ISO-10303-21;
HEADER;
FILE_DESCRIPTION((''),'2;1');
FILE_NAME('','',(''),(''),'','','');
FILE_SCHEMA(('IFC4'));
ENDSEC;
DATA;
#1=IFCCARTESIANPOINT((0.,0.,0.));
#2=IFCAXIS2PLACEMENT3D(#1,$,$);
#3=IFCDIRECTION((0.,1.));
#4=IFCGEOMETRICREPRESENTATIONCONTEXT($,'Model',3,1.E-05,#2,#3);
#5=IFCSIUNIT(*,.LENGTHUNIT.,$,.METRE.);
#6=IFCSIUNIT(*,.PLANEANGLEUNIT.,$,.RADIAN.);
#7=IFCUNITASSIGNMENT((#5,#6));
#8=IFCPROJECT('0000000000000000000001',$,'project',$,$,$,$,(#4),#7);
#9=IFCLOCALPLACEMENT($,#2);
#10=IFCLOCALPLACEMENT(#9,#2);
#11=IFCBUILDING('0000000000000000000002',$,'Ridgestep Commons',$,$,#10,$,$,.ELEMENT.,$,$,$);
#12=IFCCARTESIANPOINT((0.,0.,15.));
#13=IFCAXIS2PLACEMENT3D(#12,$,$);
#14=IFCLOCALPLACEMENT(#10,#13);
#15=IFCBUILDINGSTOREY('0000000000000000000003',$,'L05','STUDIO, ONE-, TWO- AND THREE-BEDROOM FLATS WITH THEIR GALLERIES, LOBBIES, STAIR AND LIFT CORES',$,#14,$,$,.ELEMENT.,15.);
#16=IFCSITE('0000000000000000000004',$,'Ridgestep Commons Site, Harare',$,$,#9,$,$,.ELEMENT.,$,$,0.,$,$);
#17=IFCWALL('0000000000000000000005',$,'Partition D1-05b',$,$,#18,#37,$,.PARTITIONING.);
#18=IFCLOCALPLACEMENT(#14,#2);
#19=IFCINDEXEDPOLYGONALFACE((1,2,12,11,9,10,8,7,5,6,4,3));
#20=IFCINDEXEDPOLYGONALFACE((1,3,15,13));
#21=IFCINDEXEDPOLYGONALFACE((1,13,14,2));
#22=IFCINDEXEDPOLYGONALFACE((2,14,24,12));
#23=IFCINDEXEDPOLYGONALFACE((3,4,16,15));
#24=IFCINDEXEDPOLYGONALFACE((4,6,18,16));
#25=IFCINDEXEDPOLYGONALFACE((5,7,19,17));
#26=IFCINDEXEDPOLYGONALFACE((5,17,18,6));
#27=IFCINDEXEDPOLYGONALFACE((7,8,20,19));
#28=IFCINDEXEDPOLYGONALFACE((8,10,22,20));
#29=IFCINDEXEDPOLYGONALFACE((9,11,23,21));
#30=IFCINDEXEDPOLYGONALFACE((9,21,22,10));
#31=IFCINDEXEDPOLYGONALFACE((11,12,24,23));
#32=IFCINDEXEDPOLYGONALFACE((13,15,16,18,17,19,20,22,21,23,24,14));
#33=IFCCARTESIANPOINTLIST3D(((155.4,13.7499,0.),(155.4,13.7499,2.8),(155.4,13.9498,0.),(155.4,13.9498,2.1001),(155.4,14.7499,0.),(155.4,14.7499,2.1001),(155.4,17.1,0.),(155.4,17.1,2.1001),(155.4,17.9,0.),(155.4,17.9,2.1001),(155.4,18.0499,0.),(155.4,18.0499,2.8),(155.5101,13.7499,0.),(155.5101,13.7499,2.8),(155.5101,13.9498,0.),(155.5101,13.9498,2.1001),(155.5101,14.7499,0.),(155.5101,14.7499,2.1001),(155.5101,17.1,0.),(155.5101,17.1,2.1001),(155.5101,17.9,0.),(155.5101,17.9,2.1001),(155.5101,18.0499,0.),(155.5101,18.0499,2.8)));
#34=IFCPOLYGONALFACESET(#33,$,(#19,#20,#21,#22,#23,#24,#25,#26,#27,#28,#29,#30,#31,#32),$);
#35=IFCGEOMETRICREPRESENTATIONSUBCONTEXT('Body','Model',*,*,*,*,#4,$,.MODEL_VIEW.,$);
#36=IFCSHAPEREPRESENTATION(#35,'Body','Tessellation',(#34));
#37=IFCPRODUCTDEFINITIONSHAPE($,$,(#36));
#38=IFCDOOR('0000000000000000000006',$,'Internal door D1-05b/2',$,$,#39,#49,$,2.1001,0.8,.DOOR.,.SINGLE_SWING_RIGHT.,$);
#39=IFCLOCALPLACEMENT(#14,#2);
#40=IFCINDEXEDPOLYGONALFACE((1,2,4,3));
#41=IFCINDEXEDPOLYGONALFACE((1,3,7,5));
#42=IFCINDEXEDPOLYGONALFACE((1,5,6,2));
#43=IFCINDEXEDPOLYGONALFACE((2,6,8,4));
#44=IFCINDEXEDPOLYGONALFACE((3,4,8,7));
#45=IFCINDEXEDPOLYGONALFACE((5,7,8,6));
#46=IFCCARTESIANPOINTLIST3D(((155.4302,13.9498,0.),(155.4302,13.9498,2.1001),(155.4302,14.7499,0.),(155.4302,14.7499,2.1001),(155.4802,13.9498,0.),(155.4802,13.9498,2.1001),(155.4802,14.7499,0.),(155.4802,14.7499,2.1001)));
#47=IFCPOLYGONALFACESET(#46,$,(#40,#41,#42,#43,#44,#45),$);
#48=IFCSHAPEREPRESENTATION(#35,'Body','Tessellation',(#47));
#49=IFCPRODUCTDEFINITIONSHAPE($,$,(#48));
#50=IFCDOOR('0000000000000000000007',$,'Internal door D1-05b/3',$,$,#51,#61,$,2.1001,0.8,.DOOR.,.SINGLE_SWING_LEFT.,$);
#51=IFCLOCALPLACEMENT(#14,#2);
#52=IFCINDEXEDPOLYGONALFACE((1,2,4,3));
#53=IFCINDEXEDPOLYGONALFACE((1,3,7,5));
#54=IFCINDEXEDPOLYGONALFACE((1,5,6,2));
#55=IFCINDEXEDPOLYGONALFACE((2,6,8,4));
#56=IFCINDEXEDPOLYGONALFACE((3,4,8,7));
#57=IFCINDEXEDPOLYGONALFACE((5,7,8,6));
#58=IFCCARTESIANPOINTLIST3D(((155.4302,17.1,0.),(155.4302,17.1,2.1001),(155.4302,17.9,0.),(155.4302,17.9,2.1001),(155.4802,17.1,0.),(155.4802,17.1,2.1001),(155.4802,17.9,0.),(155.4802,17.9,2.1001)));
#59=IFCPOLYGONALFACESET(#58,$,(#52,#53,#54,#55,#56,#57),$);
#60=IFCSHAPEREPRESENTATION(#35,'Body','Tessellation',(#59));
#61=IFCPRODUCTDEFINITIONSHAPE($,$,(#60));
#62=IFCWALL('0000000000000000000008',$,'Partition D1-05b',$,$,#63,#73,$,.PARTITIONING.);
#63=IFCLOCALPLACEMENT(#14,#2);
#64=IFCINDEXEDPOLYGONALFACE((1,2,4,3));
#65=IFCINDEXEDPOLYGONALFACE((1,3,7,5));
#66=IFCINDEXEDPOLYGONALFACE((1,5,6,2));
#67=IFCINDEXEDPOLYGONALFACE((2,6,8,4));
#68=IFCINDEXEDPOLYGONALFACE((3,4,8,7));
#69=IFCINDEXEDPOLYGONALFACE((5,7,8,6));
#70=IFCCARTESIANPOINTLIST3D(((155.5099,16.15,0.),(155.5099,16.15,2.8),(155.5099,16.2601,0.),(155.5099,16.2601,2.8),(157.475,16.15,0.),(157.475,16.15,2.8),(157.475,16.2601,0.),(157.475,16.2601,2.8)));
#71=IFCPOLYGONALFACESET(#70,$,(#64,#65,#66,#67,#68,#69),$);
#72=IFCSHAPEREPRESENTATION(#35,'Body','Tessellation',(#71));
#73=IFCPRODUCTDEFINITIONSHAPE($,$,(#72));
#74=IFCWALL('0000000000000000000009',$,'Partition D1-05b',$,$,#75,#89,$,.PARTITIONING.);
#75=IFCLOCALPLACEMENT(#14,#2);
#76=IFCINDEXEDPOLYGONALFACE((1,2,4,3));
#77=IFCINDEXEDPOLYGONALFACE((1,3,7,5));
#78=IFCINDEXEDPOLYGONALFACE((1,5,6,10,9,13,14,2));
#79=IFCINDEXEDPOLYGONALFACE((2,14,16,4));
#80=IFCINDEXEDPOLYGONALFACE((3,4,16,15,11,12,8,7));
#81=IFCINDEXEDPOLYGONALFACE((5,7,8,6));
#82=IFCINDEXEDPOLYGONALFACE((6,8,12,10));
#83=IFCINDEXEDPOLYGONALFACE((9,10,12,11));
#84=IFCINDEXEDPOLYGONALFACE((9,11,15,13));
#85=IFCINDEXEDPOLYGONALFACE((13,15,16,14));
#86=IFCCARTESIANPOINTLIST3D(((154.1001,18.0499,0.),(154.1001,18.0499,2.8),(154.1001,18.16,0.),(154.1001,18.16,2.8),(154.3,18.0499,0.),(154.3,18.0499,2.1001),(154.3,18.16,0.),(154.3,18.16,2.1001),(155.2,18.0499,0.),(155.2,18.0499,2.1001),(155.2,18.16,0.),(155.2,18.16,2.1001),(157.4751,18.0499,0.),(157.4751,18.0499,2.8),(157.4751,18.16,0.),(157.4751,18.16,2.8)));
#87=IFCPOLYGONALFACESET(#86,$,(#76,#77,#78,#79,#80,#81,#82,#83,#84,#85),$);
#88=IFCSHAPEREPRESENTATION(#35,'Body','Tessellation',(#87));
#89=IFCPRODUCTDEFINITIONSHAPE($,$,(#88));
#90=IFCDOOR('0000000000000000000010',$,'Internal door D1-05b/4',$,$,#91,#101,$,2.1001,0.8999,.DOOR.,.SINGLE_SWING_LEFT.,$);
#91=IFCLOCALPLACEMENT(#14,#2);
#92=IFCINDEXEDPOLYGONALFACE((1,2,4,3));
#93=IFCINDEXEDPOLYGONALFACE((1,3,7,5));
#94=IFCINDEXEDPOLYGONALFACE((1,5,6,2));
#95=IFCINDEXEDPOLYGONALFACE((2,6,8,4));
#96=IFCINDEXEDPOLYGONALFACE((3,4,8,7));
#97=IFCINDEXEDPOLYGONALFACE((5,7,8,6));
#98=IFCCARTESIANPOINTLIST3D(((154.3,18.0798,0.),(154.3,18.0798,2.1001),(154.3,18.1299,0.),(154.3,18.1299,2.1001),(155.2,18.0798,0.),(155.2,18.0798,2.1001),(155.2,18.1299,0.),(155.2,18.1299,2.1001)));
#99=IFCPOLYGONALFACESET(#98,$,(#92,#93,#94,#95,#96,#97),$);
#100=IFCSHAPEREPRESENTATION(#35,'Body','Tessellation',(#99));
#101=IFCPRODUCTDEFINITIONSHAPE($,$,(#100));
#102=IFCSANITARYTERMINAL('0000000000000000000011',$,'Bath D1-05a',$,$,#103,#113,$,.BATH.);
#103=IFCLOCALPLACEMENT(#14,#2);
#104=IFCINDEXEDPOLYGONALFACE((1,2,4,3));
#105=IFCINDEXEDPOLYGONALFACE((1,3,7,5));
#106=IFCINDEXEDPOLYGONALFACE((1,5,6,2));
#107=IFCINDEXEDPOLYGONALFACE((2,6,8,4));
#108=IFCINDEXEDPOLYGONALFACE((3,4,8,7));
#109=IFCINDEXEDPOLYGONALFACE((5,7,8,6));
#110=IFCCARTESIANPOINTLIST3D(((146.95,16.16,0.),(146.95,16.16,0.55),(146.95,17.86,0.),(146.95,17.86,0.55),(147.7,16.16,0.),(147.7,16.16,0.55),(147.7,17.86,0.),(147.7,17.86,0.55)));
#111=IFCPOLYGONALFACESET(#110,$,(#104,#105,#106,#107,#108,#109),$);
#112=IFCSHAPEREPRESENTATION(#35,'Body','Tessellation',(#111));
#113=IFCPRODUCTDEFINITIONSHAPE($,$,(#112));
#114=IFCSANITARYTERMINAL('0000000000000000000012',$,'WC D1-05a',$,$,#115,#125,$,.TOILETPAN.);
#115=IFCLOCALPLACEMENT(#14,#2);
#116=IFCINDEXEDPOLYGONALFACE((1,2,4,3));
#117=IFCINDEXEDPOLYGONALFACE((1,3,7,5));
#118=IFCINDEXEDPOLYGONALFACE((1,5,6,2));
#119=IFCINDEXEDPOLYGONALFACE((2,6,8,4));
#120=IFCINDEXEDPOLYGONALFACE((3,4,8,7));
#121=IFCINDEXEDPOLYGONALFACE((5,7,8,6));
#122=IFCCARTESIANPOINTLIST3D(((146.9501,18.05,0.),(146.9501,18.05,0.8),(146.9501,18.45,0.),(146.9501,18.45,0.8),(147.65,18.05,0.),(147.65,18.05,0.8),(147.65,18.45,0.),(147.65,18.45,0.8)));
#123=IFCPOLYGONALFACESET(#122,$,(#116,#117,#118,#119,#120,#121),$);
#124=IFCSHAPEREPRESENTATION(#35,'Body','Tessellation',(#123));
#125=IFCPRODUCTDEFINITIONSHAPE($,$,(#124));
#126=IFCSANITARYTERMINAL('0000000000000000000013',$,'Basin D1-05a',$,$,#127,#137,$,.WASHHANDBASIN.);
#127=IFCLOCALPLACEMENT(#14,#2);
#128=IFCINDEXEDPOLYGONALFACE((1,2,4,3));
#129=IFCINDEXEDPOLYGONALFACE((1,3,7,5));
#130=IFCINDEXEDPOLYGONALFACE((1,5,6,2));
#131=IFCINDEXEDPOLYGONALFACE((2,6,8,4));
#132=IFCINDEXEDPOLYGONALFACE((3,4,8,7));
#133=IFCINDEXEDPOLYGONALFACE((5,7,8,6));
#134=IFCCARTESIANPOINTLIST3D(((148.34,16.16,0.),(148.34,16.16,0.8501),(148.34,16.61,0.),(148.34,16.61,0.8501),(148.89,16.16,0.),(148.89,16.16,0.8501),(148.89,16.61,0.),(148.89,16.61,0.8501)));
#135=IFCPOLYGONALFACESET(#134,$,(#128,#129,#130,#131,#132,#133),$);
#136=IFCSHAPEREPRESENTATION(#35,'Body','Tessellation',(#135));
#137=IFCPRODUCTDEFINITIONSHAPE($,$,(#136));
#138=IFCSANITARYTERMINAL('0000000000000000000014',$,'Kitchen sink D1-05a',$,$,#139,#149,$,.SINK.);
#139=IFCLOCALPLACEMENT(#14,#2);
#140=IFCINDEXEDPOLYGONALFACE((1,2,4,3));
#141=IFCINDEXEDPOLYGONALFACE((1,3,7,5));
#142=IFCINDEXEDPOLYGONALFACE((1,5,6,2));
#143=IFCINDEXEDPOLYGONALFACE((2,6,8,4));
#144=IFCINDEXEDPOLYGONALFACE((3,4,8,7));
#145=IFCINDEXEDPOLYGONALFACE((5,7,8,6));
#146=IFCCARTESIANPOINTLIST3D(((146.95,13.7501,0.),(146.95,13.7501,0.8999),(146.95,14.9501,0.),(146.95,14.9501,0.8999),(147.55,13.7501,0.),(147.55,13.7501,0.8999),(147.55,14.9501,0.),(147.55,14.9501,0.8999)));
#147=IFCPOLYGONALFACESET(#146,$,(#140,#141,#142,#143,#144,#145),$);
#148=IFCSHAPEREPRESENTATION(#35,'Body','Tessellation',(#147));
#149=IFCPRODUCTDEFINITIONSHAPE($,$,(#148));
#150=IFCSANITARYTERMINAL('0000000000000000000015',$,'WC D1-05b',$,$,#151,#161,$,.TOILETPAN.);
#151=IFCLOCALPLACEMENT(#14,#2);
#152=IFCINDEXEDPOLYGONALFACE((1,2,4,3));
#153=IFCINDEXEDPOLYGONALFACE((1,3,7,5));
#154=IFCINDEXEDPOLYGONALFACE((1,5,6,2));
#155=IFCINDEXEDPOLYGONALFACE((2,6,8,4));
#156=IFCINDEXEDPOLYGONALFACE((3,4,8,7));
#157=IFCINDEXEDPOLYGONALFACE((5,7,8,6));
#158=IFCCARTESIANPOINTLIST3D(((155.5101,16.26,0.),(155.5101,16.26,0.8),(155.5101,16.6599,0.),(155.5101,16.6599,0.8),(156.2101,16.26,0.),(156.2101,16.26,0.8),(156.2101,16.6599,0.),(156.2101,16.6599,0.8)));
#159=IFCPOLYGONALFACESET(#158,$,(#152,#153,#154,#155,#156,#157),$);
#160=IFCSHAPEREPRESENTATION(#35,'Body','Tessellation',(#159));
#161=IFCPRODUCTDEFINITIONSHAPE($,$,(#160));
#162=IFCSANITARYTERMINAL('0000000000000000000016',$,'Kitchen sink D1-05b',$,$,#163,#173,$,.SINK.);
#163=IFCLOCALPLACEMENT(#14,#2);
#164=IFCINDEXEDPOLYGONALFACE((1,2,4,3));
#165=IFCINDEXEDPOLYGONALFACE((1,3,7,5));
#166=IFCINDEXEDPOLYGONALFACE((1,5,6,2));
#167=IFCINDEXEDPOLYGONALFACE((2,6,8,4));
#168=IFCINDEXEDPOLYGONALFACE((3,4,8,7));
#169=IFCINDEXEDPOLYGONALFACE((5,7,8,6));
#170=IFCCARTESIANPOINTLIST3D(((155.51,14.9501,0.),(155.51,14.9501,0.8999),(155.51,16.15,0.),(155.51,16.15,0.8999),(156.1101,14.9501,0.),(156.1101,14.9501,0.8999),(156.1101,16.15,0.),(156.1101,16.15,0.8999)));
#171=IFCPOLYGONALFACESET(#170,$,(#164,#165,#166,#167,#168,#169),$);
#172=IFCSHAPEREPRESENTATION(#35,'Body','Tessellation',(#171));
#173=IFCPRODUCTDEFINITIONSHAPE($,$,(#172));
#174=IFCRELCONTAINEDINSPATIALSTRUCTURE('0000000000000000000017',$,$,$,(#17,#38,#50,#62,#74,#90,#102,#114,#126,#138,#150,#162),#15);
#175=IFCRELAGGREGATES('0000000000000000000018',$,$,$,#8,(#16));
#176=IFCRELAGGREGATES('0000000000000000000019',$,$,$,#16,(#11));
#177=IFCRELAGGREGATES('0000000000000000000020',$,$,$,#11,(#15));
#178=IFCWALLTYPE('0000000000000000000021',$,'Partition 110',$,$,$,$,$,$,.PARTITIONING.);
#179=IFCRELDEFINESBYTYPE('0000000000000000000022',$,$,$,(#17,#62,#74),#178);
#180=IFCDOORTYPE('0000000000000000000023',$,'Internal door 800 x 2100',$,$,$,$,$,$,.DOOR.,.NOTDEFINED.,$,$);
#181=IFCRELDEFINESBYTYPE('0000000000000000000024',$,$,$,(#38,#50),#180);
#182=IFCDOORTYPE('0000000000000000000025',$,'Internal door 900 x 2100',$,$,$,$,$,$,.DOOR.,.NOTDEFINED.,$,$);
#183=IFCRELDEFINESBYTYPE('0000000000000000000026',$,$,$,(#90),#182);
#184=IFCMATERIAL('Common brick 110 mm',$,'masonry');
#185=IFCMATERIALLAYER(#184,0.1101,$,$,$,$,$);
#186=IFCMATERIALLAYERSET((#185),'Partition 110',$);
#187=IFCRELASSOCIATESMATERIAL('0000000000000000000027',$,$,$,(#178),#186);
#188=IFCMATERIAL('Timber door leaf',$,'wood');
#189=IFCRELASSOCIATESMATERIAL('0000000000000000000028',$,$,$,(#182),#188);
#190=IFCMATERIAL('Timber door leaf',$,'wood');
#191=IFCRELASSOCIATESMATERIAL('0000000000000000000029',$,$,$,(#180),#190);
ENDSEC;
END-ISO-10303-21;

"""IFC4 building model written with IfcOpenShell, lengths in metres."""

from ifc_helpers import new_model, si_unit, direction, frame, frame_2d, origin, origin_2d, place, context, subcontext, project, spatial, rectangle, extrude, material, layer, layer_set, type_object, element, fill, save


model = new_model("IFC4")

# Units and contexts
model_context = context("Model", 3, precision=1e-05, world=origin(), true_north=direction((0.0, 1.0)))
body_context = subcontext(model_context, "Body", "Model", "MODEL_VIEW")
ifc_project = project(units=[si_unit("LENGTHUNIT", "METRE"), si_unit("PLANEANGLEUNIT", "RADIAN")], contexts=[model_context])

# Site, building, storey
site_placement = place(None, origin())
site = spatial("IfcSite", under=ifc_project, at=site_placement, Name="Ridgestep Commons Site, Harare", CompositionType="ELEMENT", RefElevation=0.0)
building_placement = place(site_placement, origin())
building = spatial("IfcBuilding", under=site, at=building_placement, Name="Ridgestep Commons", CompositionType="ELEMENT")
storey_placement = place(building_placement, frame((0.0, 0.0, 15.0)))
storey = spatial("IfcBuildingStorey", under=building, at=storey_placement, Name="L05", Description="STUDIO, ONE-, TWO- AND THREE-BEDROOM FLATS WITH THEIR GALLERIES, LOBBIES, STAIR AND LIFT CORES", CompositionType="ELEMENT", Elevation=15.0)

# Shared definitions
ifc_material_1 = material(Name="Common brick 110 mm", Category="masonry")
ifc_layer_1 = layer(ifc_material_1, 0.1101)
ifc_layer_set_1 = layer_set([ifc_layer_1], Name="Partition 110")
wall_type_1 = type_object("IfcWallType", Name="Partition 110", PredefinedType="PARTITIONING", material=ifc_layer_set_1)

# Shared definitions
ifc_material_2 = material(Name="Timber door leaf", Category="wood")
door_type_1 = type_object("IfcDoorType", Name="Internal door 900 x 2100", OperationType="NOTDEFINED", PredefinedType="DOOR", material=ifc_material_2)

# Wall, openings, doors
wall_1_placement = place(storey_placement, frame((155.4551, 13.75, 0.0), z_axis=(0.0, 0.0, 1.0), x_axis=(0.0, 1.0, 0.0)))
wall_1 = element("IfcWall", 1, at=wall_1_placement, inside=storey, type_object=wall_type_1, Name="Partition D1-05b", PredefinedType="PARTITIONING", context=body_context, shape_type="SweptSolid", body=[
    extrude(rectangle(XDim=4.3, YDim=0.1101, at=frame_2d((2.1499, 0.0))), origin(), (0.0, 0.0, 1.0), 2.8),
])
opening_1_placement = place(wall_1_placement, frame((0.2, 0.0, 0.0)))
opening_1 = element("IfcOpeningElement", 2, at=opening_1_placement, cuts=wall_1, PredefinedType="OPENING", context=body_context, shape_type="SweptSolid", body=[
    extrude(rectangle(XDim=0.8, YDim=2.1001, at=frame_2d((0.3999, 1.05))), frame((0.0, 0.0649, 0.0), z_axis=(0.0, -1.0, 0.0), x_axis=(1.0, 0.0, 0.0)), (0.0, 0.0, 1.0), 0.1301),
])
opening_2_placement = place(wall_1_placement, frame((3.3501, 0.0, 0.0)))
opening_2 = element("IfcOpeningElement", 3, at=opening_2_placement, cuts=wall_1, PredefinedType="OPENING", context=body_context, shape_type="SweptSolid", body=[
    extrude(rectangle(XDim=0.8, YDim=2.1001, at=frame_2d((0.3999, 1.05))), frame((0.0, 0.0649, 0.0), z_axis=(0.0, -1.0, 0.0), x_axis=(1.0, 0.0, 0.0)), (0.0, 0.0, 1.0), 0.1301),
])
ifc_material_3 = material(Name="Timber door leaf", Category="wood")
door_type_2 = type_object("IfcDoorType", Name="Internal door 800 x 2100", OperationType="NOTDEFINED", PredefinedType="DOOR", material=ifc_material_3)
door_1_placement = place(opening_1_placement, origin())
door_1 = element("IfcDoor", 4, at=door_1_placement, inside=storey, type_object=door_type_2, Name="Internal door D1-05b/2", OperationType="SINGLE_SWING_RIGHT", OverallHeight=2.1001, OverallWidth=0.8, PredefinedType="DOOR", context=body_context, shape_type="SweptSolid", body=[
    extrude(rectangle(XDim=0.8, YDim=2.1001, at=frame_2d((0.3999, 1.05))), frame((0.0, 0.0249, 0.0), z_axis=(0.0, -1.0, 0.0), x_axis=(1.0, 0.0, 0.0)), (0.0, 0.0, 1.0), 0.05),
])
fill(opening_1, door_1)
door_2_placement = place(opening_2_placement, origin())
door_2 = element("IfcDoor", 5, at=door_2_placement, inside=storey, type_object=door_type_2, Name="Internal door D1-05b/3", OperationType="SINGLE_SWING_LEFT", OverallHeight=2.1001, OverallWidth=0.8, PredefinedType="DOOR", context=body_context, shape_type="SweptSolid", body=[
    extrude(rectangle(XDim=0.8, YDim=2.1001, at=frame_2d((0.3999, 1.05))), frame((0.0, 0.0249, 0.0), z_axis=(0.0, -1.0, 0.0), x_axis=(1.0, 0.0, 0.0)), (0.0, 0.0, 1.0), 0.05),
])
fill(opening_2, door_2)

# Wall
wall_2_placement = place(storey_placement, frame((155.51, 16.2051, 0.0), z_axis=(0.0, 0.0, 1.0), x_axis=(1.0, 0.0, 0.0)))
element("IfcWall", 6, at=wall_2_placement, inside=storey, type_object=wall_type_1, Name="Partition D1-05b", PredefinedType="PARTITIONING", context=body_context, shape_type="SweptSolid", body=[
    extrude(rectangle(XDim=1.9651, YDim=0.1101, at=frame_2d((0.9824, 0.0))), origin(), (0.0, 0.0, 1.0), 2.8),
])

# Wall, opening, door
wall_3_placement = place(storey_placement, frame((154.1001, 18.105, 0.0), z_axis=(0.0, 0.0, 1.0), x_axis=(1.0, 0.0, 0.0)))
wall_3 = element("IfcWall", 7, at=wall_3_placement, inside=storey, type_object=wall_type_1, Name="Partition D1-05b", PredefinedType="PARTITIONING", context=body_context, shape_type="SweptSolid", body=[
    extrude(rectangle(XDim=3.375, YDim=0.1101, at=frame_2d((1.6875, 0.0))), origin(), (0.0, 0.0, 1.0), 2.8),
])
opening_3_placement = place(wall_3_placement, frame((0.2, 0.0, 0.0)))
opening_3 = element("IfcOpeningElement", 8, at=opening_3_placement, cuts=wall_3, PredefinedType="OPENING", context=body_context, shape_type="SweptSolid", body=[
    extrude(rectangle(XDim=0.8999, YDim=2.1001, at=frame_2d((0.45, 1.05))), frame((0.0, 0.0649, 0.0), z_axis=(0.0, -1.0, 0.0), x_axis=(1.0, 0.0, 0.0)), (0.0, 0.0, 1.0), 0.1301),
])
door_3_placement = place(opening_3_placement, origin())
door_3 = element("IfcDoor", 9, at=door_3_placement, inside=storey, type_object=door_type_1, Name="Internal door D1-05b/4", OperationType="SINGLE_SWING_LEFT", OverallHeight=2.1001, OverallWidth=0.8999, PredefinedType="DOOR", context=body_context, shape_type="SweptSolid", body=[
    extrude(rectangle(XDim=0.8999, YDim=2.1001, at=frame_2d((0.45, 1.05))), frame((0.0, 0.0249, 0.0), z_axis=(0.0, -1.0, 0.0), x_axis=(1.0, 0.0, 0.0)), (0.0, 0.0, 1.0), 0.05),
])
fill(opening_3, door_3)

# Sanitary terminals
sanitary_terminal_1_placement = place(storey_placement, frame((147.325, 17.01, 0.0), z_axis=(0.0, 0.0, 1.0), x_axis=(1.0, 0.0, 0.0)))
element("IfcSanitaryTerminal", 10, at=sanitary_terminal_1_placement, inside=storey, Name="Bath D1-05a", PredefinedType="BATH", context=body_context, shape_type="SweptSolid", body=[
    extrude(rectangle(XDim=0.75, YDim=1.7, at=origin_2d()), origin(), (0.0, 0.0, 1.0), 0.55),
])
sanitary_terminal_2_placement = place(storey_placement, frame((147.3, 18.25, 0.0), z_axis=(0.0, 0.0, 1.0), x_axis=(1.0, 0.0, 0.0)))
element("IfcSanitaryTerminal", 11, at=sanitary_terminal_2_placement, inside=storey, Name="WC D1-05a", PredefinedType="TOILETPAN", context=body_context, shape_type="SweptSolid", body=[
    extrude(rectangle(XDim=0.7, YDim=0.3999, at=origin_2d()), origin(), (0.0, 0.0, 1.0), 0.8),
])
sanitary_terminal_3_placement = place(storey_placement, frame((148.615, 16.385, 0.0), z_axis=(0.0, 0.0, 1.0), x_axis=(1.0, 0.0, 0.0)))
element("IfcSanitaryTerminal", 12, at=sanitary_terminal_3_placement, inside=storey, Name="Basin D1-05a", PredefinedType="WASHHANDBASIN", context=body_context, shape_type="SweptSolid", body=[
    extrude(rectangle(XDim=0.55, YDim=0.45, at=origin_2d()), origin(), (0.0, 0.0, 1.0), 0.8501),
])
sanitary_terminal_4_placement = place(storey_placement, frame((147.25, 14.3501, 0.0), z_axis=(0.0, 0.0, 1.0), x_axis=(1.0, 0.0, 0.0)))
element("IfcSanitaryTerminal", 13, at=sanitary_terminal_4_placement, inside=storey, Name="Kitchen sink D1-05a", PredefinedType="SINK", context=body_context, shape_type="SweptSolid", body=[
    extrude(rectangle(XDim=0.6001, YDim=1.2, at=origin_2d()), origin(), (0.0, 0.0, 1.0), 0.8999),
])
sanitary_terminal_5_placement = place(storey_placement, frame((155.8601, 16.46, 0.0), z_axis=(0.0, 0.0, 1.0), x_axis=(1.0, 0.0, 0.0)))
element("IfcSanitaryTerminal", 14, at=sanitary_terminal_5_placement, inside=storey, Name="WC D1-05b", PredefinedType="TOILETPAN", context=body_context, shape_type="SweptSolid", body=[
    extrude(rectangle(XDim=0.7, YDim=0.3999, at=origin_2d()), origin(), (0.0, 0.0, 1.0), 0.8),
])
sanitary_terminal_6_placement = place(storey_placement, frame((155.8101, 15.55, 0.0), z_axis=(0.0, 0.0, 1.0), x_axis=(1.0, 0.0, 0.0)))
element("IfcSanitaryTerminal", 15, at=sanitary_terminal_6_placement, inside=storey, Name="Kitchen sink D1-05b", PredefinedType="SINK", context=body_context, shape_type="SweptSolid", body=[
    extrude(rectangle(XDim=0.6001, YDim=1.2, at=origin_2d()), origin(), (0.0, 0.0, 1.0), 0.8999),
])

save(model, "model.ifc")
